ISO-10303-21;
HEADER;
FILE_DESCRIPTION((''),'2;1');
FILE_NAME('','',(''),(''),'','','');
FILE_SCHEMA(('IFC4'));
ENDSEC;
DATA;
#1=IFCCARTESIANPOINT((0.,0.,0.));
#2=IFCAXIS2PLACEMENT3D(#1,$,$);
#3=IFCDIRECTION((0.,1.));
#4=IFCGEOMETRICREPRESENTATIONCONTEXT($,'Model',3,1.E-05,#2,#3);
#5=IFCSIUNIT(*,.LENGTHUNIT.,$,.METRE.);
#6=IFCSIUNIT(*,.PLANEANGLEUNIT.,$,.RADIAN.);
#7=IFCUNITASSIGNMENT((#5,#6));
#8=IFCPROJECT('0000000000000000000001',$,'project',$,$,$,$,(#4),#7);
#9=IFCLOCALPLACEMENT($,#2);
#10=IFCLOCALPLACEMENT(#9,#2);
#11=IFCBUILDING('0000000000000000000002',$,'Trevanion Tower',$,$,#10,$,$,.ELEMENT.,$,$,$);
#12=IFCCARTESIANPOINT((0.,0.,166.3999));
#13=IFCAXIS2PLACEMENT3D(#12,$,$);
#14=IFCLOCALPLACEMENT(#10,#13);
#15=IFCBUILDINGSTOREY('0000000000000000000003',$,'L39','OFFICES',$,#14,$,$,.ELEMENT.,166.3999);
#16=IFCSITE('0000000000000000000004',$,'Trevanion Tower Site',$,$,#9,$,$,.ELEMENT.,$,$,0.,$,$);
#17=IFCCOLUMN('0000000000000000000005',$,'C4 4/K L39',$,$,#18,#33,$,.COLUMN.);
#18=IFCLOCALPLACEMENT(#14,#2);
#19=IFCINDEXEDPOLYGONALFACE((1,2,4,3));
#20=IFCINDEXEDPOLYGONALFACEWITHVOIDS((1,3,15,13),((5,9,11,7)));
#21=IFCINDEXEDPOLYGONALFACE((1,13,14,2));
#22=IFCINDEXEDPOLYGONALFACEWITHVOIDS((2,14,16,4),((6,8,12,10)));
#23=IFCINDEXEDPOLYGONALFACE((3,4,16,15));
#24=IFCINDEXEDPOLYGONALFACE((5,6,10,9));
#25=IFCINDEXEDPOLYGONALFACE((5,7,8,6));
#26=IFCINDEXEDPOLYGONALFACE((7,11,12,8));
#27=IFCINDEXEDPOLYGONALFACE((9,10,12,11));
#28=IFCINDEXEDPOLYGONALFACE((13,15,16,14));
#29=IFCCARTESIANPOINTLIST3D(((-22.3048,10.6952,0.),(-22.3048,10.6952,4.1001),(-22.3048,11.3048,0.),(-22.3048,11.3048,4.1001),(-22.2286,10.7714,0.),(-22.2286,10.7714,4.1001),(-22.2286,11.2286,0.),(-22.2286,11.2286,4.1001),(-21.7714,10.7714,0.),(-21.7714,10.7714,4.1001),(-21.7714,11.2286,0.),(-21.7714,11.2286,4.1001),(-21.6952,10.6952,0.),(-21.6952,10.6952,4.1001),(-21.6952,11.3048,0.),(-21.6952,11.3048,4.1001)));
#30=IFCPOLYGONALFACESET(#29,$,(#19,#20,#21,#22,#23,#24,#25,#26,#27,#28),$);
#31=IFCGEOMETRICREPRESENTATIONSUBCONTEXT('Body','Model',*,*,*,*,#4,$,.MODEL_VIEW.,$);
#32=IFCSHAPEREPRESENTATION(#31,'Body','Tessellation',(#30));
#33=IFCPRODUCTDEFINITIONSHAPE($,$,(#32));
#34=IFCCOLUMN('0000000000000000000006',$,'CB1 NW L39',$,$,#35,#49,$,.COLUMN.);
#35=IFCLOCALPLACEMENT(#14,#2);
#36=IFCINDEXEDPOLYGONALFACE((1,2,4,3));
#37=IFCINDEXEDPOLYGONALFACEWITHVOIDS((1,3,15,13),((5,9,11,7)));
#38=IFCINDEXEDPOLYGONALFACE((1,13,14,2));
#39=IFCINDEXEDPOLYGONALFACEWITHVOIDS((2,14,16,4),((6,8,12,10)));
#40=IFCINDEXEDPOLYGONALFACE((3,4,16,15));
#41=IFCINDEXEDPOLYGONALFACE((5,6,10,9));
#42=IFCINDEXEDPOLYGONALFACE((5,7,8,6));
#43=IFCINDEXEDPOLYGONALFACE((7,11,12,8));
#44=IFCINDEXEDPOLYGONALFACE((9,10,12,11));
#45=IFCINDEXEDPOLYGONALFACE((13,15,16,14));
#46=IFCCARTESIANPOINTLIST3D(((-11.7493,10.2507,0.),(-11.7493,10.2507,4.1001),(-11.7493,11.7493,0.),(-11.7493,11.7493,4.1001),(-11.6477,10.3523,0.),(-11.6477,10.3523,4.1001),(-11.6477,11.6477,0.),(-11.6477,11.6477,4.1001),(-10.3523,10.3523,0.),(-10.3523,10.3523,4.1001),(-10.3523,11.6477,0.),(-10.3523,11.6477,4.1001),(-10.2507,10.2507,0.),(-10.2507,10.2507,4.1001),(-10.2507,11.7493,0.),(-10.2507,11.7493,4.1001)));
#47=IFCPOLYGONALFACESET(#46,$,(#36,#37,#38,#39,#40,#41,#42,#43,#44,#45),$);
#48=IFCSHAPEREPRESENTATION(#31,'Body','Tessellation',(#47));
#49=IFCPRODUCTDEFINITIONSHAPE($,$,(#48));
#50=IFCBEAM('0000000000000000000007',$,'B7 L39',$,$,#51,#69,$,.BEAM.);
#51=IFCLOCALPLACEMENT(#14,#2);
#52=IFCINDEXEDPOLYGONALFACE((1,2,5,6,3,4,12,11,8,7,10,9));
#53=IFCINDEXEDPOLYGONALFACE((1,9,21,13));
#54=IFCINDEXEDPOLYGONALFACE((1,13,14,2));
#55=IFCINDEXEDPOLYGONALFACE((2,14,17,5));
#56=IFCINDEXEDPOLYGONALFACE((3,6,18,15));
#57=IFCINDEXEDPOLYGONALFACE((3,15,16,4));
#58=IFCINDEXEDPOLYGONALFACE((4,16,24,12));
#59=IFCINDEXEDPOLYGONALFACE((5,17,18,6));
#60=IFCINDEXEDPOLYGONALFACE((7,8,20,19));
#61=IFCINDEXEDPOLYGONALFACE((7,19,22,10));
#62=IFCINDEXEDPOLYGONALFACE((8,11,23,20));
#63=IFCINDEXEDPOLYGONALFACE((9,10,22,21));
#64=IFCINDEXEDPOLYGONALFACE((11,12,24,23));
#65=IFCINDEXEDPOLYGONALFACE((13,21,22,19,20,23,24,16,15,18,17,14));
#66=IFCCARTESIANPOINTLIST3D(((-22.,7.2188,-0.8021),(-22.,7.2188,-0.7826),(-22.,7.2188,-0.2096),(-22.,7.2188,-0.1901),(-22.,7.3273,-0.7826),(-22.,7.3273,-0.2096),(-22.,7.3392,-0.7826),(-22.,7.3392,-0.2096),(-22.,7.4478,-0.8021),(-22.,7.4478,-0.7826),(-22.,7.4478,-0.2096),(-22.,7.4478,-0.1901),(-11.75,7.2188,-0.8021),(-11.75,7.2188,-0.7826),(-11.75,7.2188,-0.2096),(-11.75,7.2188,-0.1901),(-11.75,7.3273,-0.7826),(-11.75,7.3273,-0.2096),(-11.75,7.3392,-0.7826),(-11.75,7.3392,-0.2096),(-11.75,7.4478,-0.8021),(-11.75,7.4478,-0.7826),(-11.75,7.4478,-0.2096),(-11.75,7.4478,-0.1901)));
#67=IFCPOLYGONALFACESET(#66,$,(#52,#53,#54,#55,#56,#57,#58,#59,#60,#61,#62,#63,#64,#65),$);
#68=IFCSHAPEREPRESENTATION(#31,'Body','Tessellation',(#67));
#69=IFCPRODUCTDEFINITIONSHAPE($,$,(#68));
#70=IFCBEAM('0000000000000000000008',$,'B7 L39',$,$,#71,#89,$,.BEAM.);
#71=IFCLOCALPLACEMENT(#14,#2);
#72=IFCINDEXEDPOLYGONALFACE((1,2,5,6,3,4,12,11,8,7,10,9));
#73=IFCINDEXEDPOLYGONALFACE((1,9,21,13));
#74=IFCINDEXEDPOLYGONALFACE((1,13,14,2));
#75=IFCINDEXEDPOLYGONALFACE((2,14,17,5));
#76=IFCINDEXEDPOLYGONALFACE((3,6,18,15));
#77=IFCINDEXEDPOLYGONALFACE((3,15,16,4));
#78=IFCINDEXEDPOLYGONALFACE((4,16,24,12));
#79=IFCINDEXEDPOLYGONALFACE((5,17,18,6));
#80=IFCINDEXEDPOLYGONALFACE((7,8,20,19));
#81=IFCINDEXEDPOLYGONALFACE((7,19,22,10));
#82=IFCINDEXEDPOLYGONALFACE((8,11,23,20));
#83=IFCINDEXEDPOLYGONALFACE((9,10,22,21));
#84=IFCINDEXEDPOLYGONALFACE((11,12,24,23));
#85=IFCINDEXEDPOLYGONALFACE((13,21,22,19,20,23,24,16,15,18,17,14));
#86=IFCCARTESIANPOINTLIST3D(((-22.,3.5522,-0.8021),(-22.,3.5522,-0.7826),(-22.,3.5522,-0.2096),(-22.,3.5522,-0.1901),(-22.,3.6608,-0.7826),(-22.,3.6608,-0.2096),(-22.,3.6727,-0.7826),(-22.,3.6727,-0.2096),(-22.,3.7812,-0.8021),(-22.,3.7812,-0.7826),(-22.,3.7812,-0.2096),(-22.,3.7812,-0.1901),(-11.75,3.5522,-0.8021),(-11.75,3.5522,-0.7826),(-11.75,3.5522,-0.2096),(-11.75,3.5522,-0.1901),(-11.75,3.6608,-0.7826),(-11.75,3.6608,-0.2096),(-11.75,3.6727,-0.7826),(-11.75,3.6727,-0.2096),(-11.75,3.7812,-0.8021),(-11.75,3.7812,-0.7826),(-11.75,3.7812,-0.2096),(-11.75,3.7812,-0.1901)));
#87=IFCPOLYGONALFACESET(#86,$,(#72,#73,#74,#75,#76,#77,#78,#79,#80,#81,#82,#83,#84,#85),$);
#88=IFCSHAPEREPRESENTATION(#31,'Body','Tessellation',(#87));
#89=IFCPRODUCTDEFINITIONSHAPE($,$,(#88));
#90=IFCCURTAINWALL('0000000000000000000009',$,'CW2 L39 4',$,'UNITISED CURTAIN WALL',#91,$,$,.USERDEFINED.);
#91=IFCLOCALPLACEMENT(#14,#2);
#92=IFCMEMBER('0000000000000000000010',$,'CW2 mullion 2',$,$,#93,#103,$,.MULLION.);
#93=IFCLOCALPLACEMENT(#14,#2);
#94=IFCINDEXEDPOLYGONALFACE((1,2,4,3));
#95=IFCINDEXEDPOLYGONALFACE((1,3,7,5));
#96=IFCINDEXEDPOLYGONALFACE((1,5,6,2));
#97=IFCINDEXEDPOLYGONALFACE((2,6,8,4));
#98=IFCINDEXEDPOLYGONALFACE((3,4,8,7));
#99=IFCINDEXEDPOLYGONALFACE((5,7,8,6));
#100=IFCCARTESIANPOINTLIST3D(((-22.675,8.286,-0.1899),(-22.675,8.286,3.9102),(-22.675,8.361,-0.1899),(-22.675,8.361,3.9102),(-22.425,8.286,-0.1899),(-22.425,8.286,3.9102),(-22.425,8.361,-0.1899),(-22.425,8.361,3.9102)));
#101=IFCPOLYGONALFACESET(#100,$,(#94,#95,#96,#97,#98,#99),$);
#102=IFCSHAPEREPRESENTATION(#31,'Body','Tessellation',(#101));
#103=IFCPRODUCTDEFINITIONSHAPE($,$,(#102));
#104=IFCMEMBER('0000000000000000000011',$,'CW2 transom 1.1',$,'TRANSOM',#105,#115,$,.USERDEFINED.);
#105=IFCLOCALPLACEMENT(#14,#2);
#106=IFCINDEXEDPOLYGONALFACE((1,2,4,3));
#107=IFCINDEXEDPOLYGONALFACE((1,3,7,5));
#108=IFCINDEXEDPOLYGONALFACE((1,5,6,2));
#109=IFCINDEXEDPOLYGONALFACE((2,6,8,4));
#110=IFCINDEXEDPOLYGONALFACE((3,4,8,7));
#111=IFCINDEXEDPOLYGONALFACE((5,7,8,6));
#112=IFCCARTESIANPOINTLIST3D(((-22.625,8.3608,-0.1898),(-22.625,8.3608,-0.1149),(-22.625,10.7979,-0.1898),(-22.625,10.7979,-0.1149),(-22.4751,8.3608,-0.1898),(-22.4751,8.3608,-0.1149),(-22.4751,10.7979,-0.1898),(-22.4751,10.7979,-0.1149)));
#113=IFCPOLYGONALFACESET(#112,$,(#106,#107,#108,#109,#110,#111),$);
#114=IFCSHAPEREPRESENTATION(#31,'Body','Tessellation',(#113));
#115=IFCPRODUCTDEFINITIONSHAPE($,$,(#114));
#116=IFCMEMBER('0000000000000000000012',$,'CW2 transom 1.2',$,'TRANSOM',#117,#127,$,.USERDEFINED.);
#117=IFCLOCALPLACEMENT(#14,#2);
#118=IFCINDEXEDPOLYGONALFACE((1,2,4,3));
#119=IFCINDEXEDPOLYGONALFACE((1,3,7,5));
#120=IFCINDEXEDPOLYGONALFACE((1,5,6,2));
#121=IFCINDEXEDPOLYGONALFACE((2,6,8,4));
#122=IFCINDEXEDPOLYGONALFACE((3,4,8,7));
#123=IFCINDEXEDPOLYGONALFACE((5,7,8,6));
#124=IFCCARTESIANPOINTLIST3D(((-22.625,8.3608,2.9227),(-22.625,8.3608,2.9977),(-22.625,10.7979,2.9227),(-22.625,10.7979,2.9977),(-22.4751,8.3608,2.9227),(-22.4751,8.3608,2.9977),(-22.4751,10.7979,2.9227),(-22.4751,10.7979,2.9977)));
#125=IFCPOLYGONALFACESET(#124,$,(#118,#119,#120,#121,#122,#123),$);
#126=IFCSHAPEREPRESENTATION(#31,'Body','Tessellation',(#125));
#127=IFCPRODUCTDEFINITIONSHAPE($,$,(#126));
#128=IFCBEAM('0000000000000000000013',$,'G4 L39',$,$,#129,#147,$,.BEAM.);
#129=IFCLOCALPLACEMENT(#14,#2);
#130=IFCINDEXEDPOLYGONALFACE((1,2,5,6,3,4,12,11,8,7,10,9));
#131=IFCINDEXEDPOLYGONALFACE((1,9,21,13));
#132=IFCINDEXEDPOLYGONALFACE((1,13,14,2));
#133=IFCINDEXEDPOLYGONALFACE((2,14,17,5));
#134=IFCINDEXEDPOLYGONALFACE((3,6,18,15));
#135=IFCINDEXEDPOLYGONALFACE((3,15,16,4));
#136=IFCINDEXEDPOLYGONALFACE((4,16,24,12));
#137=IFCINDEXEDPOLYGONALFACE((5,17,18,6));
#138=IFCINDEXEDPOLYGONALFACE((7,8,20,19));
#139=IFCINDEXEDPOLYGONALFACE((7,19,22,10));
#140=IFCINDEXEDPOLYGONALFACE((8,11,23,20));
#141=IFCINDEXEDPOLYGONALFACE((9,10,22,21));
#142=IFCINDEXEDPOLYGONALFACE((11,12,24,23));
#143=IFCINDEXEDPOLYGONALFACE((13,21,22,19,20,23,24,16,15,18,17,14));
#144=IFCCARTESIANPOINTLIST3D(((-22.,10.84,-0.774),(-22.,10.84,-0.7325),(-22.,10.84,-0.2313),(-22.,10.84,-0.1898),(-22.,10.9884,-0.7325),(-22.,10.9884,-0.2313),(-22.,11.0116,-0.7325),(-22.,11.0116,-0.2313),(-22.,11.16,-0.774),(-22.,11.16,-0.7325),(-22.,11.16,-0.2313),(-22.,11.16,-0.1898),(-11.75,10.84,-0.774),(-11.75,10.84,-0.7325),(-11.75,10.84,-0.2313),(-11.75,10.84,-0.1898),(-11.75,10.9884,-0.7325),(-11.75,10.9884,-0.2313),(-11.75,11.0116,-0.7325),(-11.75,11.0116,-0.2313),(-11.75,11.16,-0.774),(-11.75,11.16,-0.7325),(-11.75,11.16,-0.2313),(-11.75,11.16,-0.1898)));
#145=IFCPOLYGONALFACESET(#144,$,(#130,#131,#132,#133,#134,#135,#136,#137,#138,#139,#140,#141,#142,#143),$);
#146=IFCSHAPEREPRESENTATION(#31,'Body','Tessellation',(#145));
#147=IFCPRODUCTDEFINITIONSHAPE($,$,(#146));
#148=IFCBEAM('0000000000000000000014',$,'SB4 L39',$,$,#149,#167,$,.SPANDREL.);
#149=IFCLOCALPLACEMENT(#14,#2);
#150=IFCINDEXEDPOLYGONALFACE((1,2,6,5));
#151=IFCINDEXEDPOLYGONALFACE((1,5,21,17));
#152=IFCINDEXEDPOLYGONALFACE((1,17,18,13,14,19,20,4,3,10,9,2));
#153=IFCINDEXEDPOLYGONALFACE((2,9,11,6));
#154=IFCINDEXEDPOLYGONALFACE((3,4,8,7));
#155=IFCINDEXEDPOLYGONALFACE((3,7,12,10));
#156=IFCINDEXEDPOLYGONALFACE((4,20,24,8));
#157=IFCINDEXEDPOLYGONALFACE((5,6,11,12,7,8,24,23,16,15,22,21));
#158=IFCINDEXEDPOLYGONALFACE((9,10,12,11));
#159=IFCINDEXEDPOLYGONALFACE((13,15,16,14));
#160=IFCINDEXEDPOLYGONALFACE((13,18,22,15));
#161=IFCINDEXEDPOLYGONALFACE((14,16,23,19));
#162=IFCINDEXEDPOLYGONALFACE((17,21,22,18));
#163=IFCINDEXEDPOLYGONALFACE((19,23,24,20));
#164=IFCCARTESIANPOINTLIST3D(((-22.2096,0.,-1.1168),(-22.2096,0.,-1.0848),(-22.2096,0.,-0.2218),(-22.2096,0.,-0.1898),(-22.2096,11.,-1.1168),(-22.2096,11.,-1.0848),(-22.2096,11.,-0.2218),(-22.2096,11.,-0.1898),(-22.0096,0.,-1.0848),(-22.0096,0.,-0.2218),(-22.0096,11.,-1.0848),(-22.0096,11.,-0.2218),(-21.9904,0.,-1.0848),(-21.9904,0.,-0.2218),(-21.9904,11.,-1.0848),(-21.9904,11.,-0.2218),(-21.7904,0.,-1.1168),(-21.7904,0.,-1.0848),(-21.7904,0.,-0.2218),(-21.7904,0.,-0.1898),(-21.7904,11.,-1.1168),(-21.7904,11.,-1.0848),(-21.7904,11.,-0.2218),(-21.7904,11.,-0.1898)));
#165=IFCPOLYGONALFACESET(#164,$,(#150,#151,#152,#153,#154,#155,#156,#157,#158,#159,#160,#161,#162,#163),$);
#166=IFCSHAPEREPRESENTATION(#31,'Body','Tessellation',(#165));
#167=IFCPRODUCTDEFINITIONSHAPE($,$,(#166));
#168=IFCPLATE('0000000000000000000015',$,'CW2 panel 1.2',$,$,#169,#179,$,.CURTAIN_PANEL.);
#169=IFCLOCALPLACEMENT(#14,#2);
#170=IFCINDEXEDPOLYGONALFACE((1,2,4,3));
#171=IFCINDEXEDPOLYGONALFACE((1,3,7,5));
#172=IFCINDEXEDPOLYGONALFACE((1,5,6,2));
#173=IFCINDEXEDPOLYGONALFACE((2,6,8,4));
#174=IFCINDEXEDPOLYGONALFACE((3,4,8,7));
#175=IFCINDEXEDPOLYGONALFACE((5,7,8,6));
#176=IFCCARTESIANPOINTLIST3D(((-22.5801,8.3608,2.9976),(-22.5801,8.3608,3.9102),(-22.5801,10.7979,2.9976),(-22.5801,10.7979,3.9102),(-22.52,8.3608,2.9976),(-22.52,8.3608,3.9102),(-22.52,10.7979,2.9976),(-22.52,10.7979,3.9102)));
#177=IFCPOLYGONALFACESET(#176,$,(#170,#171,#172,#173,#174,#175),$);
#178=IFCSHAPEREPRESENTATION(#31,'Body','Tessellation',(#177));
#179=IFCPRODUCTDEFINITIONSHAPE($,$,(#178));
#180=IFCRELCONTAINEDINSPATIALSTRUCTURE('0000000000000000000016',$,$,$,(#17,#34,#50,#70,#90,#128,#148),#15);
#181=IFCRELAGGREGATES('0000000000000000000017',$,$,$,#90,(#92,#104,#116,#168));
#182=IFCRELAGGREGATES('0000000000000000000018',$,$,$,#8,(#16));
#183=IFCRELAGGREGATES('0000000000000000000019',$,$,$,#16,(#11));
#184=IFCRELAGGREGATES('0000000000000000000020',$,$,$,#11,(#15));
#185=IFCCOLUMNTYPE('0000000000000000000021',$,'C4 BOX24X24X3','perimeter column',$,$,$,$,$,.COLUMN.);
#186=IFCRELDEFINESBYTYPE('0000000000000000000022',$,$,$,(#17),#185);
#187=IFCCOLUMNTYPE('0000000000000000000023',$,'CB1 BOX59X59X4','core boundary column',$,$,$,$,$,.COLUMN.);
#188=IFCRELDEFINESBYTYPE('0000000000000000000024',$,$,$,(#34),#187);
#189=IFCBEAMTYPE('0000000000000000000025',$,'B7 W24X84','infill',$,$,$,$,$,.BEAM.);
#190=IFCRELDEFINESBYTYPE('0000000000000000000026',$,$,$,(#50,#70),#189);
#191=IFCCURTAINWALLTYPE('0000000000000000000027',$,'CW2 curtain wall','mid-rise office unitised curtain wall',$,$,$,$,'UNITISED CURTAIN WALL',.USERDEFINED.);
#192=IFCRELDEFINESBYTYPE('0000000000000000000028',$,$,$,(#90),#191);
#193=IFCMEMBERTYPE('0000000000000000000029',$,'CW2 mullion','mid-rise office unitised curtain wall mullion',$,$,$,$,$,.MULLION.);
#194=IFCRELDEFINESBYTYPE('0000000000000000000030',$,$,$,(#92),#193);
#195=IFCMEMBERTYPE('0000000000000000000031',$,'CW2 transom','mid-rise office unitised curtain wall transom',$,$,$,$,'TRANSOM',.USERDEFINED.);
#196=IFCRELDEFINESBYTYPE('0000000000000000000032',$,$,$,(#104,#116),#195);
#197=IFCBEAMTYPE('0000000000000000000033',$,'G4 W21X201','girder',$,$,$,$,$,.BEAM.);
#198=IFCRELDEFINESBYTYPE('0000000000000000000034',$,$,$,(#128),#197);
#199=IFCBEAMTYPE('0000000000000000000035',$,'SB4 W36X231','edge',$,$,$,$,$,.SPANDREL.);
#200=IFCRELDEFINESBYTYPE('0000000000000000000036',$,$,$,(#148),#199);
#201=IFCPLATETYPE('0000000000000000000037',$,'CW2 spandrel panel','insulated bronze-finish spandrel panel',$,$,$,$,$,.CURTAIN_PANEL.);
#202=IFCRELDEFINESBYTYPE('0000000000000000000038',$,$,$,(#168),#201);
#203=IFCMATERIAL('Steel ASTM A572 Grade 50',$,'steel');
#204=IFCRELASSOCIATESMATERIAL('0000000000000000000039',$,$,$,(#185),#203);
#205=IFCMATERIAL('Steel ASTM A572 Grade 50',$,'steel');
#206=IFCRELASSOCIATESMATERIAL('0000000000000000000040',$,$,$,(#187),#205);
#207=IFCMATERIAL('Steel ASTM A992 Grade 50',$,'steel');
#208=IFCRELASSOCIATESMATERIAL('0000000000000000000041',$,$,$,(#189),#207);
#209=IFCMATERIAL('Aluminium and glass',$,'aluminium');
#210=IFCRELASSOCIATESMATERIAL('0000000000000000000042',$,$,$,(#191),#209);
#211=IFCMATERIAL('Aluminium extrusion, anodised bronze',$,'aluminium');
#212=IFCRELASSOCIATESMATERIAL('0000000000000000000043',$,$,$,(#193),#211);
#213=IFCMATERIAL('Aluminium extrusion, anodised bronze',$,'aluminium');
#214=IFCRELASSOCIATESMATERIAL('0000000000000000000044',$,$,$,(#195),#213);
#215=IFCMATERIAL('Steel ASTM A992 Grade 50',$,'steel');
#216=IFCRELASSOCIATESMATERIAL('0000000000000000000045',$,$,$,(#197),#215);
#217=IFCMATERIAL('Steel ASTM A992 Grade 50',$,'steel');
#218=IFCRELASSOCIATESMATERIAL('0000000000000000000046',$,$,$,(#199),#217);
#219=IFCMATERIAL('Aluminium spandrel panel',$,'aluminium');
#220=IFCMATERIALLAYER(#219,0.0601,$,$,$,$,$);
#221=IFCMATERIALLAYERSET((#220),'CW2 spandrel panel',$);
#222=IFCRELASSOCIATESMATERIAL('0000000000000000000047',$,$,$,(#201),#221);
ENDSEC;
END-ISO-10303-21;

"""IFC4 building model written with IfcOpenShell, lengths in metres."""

from ifc_helpers import new_model, si_unit, direction, frame, origin, origin_2d, place, context, subcontext, project, spatial, rectangle, hollow_rectangle, i_section, extrude, material, layer, layer_set, material_profile, profile_set, type_object, element, aggregate, save


model = new_model("IFC4")

# Units and contexts
model_context = context("Model", 3, precision=1e-05, world=origin(), true_north=direction((0.0, 1.0)))
body_context = subcontext(model_context, "Body", "Model", "MODEL_VIEW")
ifc_project = project(units=[si_unit("LENGTHUNIT", "METRE"), si_unit("PLANEANGLEUNIT", "RADIAN")], contexts=[model_context])

# Site, building, storey
site_placement = place(None, origin())
site = spatial("IfcSite", under=ifc_project, at=site_placement, Name="Trevanion Tower Site", CompositionType="ELEMENT", RefElevation=0.0)
building_placement = place(site_placement, origin())
building = spatial("IfcBuilding", under=site, at=building_placement, Name="Trevanion Tower", CompositionType="ELEMENT")
storey_placement = place(building_placement, frame((0.0, 0.0, 166.3999)))
storey = spatial("IfcBuildingStorey", under=building, at=storey_placement, Name="L39", Description="OFFICES", CompositionType="ELEMENT", Elevation=166.3999)

# Columns
ifc_material_1 = material(Name="Steel ASTM A572 Grade 50", Category="steel")
ifc_material_profile_1 = material_profile(ifc_material_1, hollow_rectangle(XDim=0.6096, YDim=0.6096, WallThickness=0.0762, at=origin_2d()), Name="BOX24X24X3")
ifc_profile_set_1 = profile_set([ifc_material_profile_1], Name="Steel ASTM A572 Grade 50")
column_type_1 = type_object("IfcColumnType", Name="C4 BOX24X24X3", Description="perimeter column", PredefinedType="COLUMN", material=ifc_profile_set_1)
column_1_placement = place(storey_placement, frame((-22.0, 11.0, 0.0), z_axis=(0.0, 0.0, 1.0), x_axis=(0.0, 1.0, 0.0)))
element("IfcColumn", 1, at=column_1_placement, inside=storey, type_object=column_type_1, Name="C4 4/K L39", PredefinedType="COLUMN", context=body_context, shape_type="SweptSolid", body=[
    extrude(hollow_rectangle(XDim=0.6096, YDim=0.6096, WallThickness=0.0762, at=origin_2d()), origin(), (0.0, 0.0, 1.0), 4.1001),
])
ifc_material_2 = material(Name="Steel ASTM A572 Grade 50", Category="steel")
ifc_material_profile_2 = material_profile(ifc_material_2, hollow_rectangle(XDim=1.4985, YDim=1.4985, WallThickness=0.1016, at=origin_2d()), Name="BOX59X59X4")
ifc_profile_set_2 = profile_set([ifc_material_profile_2], Name="Steel ASTM A572 Grade 50")
column_type_2 = type_object("IfcColumnType", Name="CB1 BOX59X59X4", Description="core boundary column", PredefinedType="COLUMN", material=ifc_profile_set_2)
column_2_placement = place(storey_placement, frame((-11.0, 11.0, 0.0), z_axis=(0.0, 0.0, 1.0), x_axis=(1.0, 0.0, 0.0)))
element("IfcColumn", 2, at=column_2_placement, inside=storey, type_object=column_type_2, Name="CB1 NW L39", PredefinedType="COLUMN", context=body_context, shape_type="SweptSolid", body=[
    extrude(hollow_rectangle(XDim=1.4985, YDim=1.4985, WallThickness=0.1016, at=origin_2d()), origin(), (0.0, 0.0, 1.0), 4.1001),
])

# Beams
ifc_material_3 = material(Name="Steel ASTM A992 Grade 50", Category="steel")
ifc_material_profile_3 = material_profile(ifc_material_3, i_section(OverallWidth=0.229, OverallDepth=0.6121, WebThickness=0.012, FlangeThickness=0.0195, at=origin_2d()), Name="W24X84")
ifc_profile_set_3 = profile_set([ifc_material_profile_3], Name="Steel ASTM A992 Grade 50")
beam_type_1 = type_object("IfcBeamType", Name="B7 W24X84", Description="infill", PredefinedType="BEAM", material=ifc_profile_set_3)
for number, where, z_axis, x_axis, name in (
    (3, (-11.75, 7.3333, -0.4961), (-1.0, 0.0, 0.0), (0.0, -1.0, 0.0), "B7 L39"),
    (4, (-11.75, 3.6667, -0.4961), (-1.0, 0.0, 0.0), (0.0, -1.0, 0.0), "B7 L39"),
):
    element("IfcBeam", number, at=place(storey_placement, frame(where, z_axis=z_axis, x_axis=x_axis)), inside=storey, type_object=beam_type_1, Name=name, PredefinedType="BEAM", context=body_context, shape_type="SweptSolid", body=[
        extrude(i_section(OverallWidth=0.229, OverallDepth=0.6121, WebThickness=0.012, FlangeThickness=0.0195, at=origin_2d()), origin(), (0.0, 0.0, 1.0), 10.25),
    ])

# Curtain wall, members
ifc_material_4 = material(Name="Aluminium and glass", Category="aluminium")
curtain_wall_type = type_object("IfcCurtainWallType", Name="CW2 curtain wall", Description="mid-rise office unitised curtain wall", ElementType="UNITISED CURTAIN WALL", PredefinedType="USERDEFINED", material=ifc_material_4)
curtain_wall_placement = place(storey_placement, origin())
curtain_wall = element("IfcCurtainWall", 5, at=curtain_wall_placement, inside=storey, type_object=curtain_wall_type, Name="CW2 L39 4", ObjectType="UNITISED CURTAIN WALL", PredefinedType="USERDEFINED")
ifc_material_5 = material(Name="Aluminium extrusion, anodised bronze", Category="aluminium")
ifc_material_profile_4 = material_profile(ifc_material_5, rectangle(XDim=0.075, YDim=0.25, at=origin_2d()), Name="CW2 mullion")
ifc_profile_set_4 = profile_set([ifc_material_profile_4], Name="Aluminium extrusion, anodised bronze")
member_type_1 = type_object("IfcMemberType", Name="CW2 mullion", Description="mid-rise office unitised curtain wall mullion", PredefinedType="MULLION", material=ifc_profile_set_4)
member_1_placement = place(storey_placement, frame((-22.55, 8.3235, -0.1899), z_axis=(0.0, 0.0, 1.0), x_axis=(0.0, -1.0, 0.0)))
member_1 = element("IfcMember", 6, at=member_1_placement, type_object=member_type_1, Name="CW2 mullion 2", PredefinedType="MULLION", context=body_context, shape_type="SweptSolid", body=[
    extrude(rectangle(XDim=0.075, YDim=0.25, at=origin_2d()), origin(), (0.0, 0.0, 1.0), 4.1001),
])
ifc_material_6 = material(Name="Aluminium extrusion, anodised bronze", Category="aluminium")
ifc_material_profile_5 = material_profile(ifc_material_6, rectangle(XDim=0.1499, YDim=0.075, at=origin_2d()), Name="CW2 transom")
ifc_profile_set_5 = profile_set([ifc_material_profile_5], Name="Aluminium extrusion, anodised bronze")
member_type_2 = type_object("IfcMemberType", Name="CW2 transom", Description="mid-rise office unitised curtain wall transom", ElementType="TRANSOM", PredefinedType="USERDEFINED", material=ifc_profile_set_5)
member_2_placement = place(storey_placement, frame((-22.55, 10.7979, -0.1523), z_axis=(0.0, -1.0, 0.0), x_axis=(1.0, 0.0, 0.0)))
member_2 = element("IfcMember", 7, at=member_2_placement, type_object=member_type_2, Name="CW2 transom 1.1", ObjectType="TRANSOM", PredefinedType="USERDEFINED", context=body_context, shape_type="SweptSolid", body=[
    extrude(rectangle(XDim=0.1499, YDim=0.075, at=origin_2d()), origin(), (0.0, 0.0, 1.0), 2.437),
])
member_3_placement = place(storey_placement, frame((-22.55, 10.7979, 2.9602), z_axis=(0.0, -1.0, 0.0), x_axis=(1.0, 0.0, 0.0)))
member_3 = element("IfcMember", 8, at=member_3_placement, type_object=member_type_2, Name="CW2 transom 1.2", ObjectType="TRANSOM", PredefinedType="USERDEFINED", context=body_context, shape_type="SweptSolid", body=[
    extrude(rectangle(XDim=0.1499, YDim=0.075, at=origin_2d()), origin(), (0.0, 0.0, 1.0), 2.437),
])

# Beams
ifc_material_7 = material(Name="Steel ASTM A992 Grade 50", Category="steel")
ifc_material_profile_6 = material_profile(ifc_material_7, i_section(OverallWidth=0.3201, OverallDepth=0.5842, WebThickness=0.0232, FlangeThickness=0.0415, at=origin_2d()), Name="W21X201")
ifc_profile_set_6 = profile_set([ifc_material_profile_6], Name="Steel ASTM A992 Grade 50")
beam_type_2 = type_object("IfcBeamType", Name="G4 W21X201", Description="girder", PredefinedType="BEAM", material=ifc_profile_set_6)
beam_1_placement = place(storey_placement, frame((-11.75, 11.0, -0.4819), z_axis=(-1.0, 0.0, 0.0), x_axis=(0.0, -1.0, 0.0)))
element("IfcBeam", 9, at=beam_1_placement, inside=storey, type_object=beam_type_2, Name="G4 L39", PredefinedType="BEAM", context=body_context, shape_type="SweptSolid", body=[
    extrude(i_section(OverallWidth=0.3201, OverallDepth=0.5842, WebThickness=0.0232, FlangeThickness=0.0415, at=origin_2d()), origin(), (0.0, 0.0, 1.0), 10.25),
])
ifc_material_8 = material(Name="Steel ASTM A992 Grade 50", Category="steel")
ifc_material_profile_7 = material_profile(ifc_material_8, i_section(OverallWidth=0.4192, OverallDepth=0.927, WebThickness=0.0193, FlangeThickness=0.032, at=origin_2d()), Name="W36X231")
ifc_profile_set_7 = profile_set([ifc_material_profile_7], Name="Steel ASTM A992 Grade 50")
beam_type_3 = type_object("IfcBeamType", Name="SB4 W36X231", Description="edge", PredefinedType="SPANDREL", material=ifc_profile_set_7)
beam_2_placement = place(storey_placement, frame((-22.0, 11.0, -0.6533), z_axis=(0.0, -1.0, 0.0), x_axis=(1.0, 0.0, 0.0)))
element("IfcBeam", 10, at=beam_2_placement, inside=storey, type_object=beam_type_3, Name="SB4 L39", PredefinedType="SPANDREL", context=body_context, shape_type="SweptSolid", body=[
    extrude(i_section(OverallWidth=0.4192, OverallDepth=0.927, WebThickness=0.0193, FlangeThickness=0.032, at=origin_2d()), origin(), (0.0, 0.0, 1.0), 11.0),
])

# Plate
ifc_material_9 = material(Name="Aluminium spandrel panel", Category="aluminium")
ifc_layer_1 = layer(ifc_material_9, 0.0601)
ifc_layer_set_1 = layer_set([ifc_layer_1], Name="CW2 spandrel panel")
plate_type_1 = type_object("IfcPlateType", Name="CW2 spandrel panel", Description="insulated bronze-finish spandrel panel", PredefinedType="CURTAIN_PANEL", material=ifc_layer_set_1)
plate_1_placement = place(storey_placement, frame((-22.55, 9.5793, 2.9976), z_axis=(0.0, 0.0, 1.0), x_axis=(0.0, -1.0, 0.0)))
plate_1 = element("IfcPlate", 11, at=plate_1_placement, type_object=plate_type_1, Name="CW2 panel 1.2", PredefinedType="CURTAIN_PANEL", context=body_context, shape_type="SweptSolid", body=[
    extrude(rectangle(XDim=2.437, YDim=0.0601, at=origin_2d()), origin(), (0.0, 0.0, 1.0), 0.9126),
])
aggregate(curtain_wall, [member_1, member_2, member_3, plate_1])

save(model, "model.ifc")
